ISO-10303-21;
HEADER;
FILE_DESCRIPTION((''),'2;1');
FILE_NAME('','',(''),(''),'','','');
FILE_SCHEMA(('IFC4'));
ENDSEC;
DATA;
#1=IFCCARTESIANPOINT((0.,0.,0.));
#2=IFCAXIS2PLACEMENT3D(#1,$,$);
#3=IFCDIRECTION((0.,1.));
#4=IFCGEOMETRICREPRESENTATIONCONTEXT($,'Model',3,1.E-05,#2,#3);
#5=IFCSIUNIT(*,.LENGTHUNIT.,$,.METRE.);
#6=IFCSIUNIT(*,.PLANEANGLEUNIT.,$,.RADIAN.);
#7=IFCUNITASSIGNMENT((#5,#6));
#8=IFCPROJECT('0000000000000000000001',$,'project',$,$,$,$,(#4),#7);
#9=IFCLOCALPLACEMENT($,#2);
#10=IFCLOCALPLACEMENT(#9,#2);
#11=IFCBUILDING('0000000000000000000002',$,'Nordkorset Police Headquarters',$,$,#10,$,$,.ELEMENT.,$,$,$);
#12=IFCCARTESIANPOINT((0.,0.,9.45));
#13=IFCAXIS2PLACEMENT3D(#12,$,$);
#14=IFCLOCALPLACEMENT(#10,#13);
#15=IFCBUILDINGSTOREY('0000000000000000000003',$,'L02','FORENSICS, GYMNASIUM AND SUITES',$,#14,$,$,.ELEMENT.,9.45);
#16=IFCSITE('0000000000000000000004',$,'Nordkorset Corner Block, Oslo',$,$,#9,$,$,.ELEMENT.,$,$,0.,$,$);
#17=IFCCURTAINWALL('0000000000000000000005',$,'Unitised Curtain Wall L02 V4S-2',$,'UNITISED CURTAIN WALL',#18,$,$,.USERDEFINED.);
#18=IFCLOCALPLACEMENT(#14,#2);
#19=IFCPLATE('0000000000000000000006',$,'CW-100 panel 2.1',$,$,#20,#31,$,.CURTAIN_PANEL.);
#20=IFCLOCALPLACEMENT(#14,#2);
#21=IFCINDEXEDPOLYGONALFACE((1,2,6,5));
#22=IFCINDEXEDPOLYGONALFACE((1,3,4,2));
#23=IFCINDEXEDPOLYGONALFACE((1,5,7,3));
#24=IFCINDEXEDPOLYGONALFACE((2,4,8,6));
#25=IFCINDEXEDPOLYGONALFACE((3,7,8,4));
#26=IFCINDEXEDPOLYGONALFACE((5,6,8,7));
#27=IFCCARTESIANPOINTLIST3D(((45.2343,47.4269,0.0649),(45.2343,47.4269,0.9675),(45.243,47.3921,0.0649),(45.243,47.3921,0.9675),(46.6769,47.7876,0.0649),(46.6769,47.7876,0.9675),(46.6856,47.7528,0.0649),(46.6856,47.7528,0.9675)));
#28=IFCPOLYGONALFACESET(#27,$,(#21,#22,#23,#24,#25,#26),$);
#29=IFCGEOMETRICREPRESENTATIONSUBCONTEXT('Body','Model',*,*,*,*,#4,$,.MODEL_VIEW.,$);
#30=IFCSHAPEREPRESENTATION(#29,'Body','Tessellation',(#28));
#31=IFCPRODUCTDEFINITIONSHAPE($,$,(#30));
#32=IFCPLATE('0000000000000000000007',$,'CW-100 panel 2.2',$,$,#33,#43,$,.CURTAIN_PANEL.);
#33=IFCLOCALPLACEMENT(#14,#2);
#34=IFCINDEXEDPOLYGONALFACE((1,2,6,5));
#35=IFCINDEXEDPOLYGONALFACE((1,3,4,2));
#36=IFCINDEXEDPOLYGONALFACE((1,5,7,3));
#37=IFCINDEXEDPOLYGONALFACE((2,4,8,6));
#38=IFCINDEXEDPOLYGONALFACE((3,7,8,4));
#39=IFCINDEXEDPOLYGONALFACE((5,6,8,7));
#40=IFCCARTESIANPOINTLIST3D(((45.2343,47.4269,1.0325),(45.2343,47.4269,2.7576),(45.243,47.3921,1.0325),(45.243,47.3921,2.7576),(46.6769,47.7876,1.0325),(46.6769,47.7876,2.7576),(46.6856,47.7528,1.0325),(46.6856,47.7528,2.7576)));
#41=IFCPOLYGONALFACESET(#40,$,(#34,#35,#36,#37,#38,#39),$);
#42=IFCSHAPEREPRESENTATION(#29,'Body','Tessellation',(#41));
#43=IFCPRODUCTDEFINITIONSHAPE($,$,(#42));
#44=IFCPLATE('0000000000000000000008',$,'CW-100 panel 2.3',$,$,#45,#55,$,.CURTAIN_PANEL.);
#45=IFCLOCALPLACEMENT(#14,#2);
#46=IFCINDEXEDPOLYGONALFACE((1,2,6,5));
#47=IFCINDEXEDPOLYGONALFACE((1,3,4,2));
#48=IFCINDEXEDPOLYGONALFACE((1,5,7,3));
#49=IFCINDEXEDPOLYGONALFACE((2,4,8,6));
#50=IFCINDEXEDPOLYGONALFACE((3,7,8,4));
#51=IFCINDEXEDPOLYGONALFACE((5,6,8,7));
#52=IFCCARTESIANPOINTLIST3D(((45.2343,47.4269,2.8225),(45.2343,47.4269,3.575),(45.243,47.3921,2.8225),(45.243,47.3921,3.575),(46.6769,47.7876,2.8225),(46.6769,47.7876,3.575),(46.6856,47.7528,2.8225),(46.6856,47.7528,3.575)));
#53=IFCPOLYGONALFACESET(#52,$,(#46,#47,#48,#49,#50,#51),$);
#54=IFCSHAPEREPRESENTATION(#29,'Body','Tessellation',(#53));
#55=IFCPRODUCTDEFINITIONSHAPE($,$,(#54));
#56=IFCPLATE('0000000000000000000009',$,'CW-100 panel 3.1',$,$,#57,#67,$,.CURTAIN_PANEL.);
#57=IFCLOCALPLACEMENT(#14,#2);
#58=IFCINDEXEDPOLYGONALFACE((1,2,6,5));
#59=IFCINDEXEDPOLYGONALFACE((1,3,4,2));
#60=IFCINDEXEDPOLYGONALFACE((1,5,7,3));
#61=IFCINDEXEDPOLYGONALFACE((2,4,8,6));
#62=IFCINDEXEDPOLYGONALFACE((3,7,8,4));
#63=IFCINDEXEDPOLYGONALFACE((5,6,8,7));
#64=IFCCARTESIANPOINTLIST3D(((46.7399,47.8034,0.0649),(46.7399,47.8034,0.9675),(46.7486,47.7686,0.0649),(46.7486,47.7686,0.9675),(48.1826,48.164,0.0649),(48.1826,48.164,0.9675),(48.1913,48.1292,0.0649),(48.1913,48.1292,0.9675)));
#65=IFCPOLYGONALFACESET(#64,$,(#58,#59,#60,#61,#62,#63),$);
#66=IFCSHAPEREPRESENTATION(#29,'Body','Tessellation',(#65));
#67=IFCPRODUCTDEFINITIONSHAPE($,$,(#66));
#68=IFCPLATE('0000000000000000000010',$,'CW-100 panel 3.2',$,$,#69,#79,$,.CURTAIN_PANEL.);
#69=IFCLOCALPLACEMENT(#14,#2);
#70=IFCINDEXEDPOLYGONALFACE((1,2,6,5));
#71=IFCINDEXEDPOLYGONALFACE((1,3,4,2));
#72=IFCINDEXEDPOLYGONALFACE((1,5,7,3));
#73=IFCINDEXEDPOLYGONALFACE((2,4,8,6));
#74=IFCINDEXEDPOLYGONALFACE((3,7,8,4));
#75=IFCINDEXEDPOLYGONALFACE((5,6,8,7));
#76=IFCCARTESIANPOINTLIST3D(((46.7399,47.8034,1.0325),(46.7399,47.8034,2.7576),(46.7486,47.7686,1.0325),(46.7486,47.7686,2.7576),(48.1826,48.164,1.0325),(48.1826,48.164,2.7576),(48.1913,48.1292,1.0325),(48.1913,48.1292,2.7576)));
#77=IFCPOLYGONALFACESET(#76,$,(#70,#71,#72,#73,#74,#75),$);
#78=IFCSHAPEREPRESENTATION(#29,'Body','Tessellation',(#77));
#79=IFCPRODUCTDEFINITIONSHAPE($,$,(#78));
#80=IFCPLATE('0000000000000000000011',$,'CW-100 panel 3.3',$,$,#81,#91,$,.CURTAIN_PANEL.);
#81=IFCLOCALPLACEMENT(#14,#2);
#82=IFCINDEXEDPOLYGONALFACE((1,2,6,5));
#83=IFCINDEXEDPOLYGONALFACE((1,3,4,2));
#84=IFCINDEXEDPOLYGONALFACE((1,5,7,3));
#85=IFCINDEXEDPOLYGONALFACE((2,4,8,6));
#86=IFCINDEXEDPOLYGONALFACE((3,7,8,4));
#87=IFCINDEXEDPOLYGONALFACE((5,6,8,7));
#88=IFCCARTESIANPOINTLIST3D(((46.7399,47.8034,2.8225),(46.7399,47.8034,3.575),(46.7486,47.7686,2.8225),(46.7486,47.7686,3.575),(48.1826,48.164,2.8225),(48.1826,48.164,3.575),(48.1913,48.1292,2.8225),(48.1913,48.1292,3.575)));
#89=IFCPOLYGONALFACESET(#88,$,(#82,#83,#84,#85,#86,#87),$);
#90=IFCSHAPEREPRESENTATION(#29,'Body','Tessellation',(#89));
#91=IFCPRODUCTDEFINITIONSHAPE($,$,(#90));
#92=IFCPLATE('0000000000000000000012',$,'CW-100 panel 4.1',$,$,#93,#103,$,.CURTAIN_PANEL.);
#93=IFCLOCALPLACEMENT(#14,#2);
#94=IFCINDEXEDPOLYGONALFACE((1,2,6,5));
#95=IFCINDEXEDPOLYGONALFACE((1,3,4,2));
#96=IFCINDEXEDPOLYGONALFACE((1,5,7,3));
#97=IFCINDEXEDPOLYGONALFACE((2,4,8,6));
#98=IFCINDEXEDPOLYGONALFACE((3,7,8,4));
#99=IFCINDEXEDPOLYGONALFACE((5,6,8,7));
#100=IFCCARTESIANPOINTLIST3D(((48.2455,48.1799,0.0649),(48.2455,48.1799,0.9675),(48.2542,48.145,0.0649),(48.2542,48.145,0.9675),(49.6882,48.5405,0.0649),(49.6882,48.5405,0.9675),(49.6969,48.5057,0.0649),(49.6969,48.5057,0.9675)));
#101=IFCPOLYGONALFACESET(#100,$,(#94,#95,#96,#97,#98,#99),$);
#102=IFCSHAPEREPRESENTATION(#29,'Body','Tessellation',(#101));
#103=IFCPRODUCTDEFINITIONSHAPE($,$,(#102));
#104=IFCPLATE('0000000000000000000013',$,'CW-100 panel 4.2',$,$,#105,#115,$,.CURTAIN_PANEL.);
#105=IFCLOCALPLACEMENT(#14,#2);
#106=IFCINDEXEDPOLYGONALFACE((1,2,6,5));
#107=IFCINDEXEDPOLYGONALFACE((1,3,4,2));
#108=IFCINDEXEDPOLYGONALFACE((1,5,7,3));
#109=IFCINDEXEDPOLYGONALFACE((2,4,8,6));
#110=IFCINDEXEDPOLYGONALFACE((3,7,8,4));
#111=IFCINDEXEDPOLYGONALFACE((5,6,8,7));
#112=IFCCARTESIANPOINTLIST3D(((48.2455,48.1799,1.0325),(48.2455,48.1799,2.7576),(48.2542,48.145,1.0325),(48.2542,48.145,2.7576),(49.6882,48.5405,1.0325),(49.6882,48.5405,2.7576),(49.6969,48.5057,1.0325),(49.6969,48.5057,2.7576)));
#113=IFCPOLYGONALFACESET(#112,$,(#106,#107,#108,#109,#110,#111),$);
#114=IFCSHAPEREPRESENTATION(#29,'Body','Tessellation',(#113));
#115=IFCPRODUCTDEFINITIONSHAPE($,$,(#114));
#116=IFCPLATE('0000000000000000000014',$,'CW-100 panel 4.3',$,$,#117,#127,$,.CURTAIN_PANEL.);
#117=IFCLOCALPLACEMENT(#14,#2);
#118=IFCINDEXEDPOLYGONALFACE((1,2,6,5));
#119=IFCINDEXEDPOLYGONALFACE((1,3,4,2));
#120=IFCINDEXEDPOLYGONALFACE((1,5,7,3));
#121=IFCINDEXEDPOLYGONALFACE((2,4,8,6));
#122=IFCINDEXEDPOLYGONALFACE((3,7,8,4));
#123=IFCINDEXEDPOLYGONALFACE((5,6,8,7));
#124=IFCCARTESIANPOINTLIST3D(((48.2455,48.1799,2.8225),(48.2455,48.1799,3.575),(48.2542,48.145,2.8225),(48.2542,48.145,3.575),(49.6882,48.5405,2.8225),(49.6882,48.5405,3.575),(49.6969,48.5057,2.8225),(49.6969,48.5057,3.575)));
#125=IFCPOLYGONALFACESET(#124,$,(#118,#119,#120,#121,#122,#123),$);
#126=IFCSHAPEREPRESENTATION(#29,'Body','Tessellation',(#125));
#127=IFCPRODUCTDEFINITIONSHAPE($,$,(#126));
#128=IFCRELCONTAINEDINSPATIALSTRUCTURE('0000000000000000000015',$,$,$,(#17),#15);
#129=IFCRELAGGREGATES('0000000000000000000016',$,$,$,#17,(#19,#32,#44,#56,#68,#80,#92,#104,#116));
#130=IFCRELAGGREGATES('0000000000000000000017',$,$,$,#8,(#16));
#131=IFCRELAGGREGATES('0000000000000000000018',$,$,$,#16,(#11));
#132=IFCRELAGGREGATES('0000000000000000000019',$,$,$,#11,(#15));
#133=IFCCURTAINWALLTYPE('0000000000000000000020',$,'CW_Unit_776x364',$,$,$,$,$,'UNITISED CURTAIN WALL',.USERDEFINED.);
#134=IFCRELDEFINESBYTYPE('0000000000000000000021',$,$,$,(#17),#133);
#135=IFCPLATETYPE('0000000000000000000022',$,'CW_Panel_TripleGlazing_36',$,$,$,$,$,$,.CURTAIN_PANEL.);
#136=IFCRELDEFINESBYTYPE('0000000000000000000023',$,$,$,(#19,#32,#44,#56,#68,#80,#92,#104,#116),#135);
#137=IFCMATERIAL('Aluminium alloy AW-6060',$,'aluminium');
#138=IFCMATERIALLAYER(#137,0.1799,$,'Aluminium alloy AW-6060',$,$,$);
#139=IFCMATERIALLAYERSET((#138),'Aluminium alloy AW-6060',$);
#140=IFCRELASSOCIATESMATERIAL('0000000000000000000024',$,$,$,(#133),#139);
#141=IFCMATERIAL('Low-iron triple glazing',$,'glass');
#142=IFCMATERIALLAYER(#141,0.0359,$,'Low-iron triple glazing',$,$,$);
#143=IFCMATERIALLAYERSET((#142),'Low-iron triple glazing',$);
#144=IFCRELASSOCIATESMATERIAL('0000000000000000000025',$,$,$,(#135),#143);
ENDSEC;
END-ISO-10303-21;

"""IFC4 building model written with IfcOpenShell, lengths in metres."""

from ifc_helpers import new_model, si_unit, direction, frame, origin, origin_2d, place, context, subcontext, project, spatial, rectangle, extrude, material, layer, layer_set, type_object, element, aggregate, save


model = new_model("IFC4")

# Units and contexts
model_context = context("Model", 3, precision=1e-05, world=origin(), true_north=direction((0.0, 1.0)))
body_context = subcontext(model_context, "Body", "Model", "MODEL_VIEW")
ifc_project = project(units=[si_unit("LENGTHUNIT", "METRE"), si_unit("PLANEANGLEUNIT", "RADIAN")], contexts=[model_context])

# Site, building, storey
site_placement = place(None, origin())
site = spatial("IfcSite", under=ifc_project, at=site_placement, Name="Nordkorset Corner Block, Oslo", CompositionType="ELEMENT", RefElevation=0.0)
building_placement = place(site_placement, origin())
building = spatial("IfcBuilding", under=site, at=building_placement, Name="Nordkorset Police Headquarters", CompositionType="ELEMENT")
storey_placement = place(building_placement, frame((0.0, 0.0, 9.45)))
storey = spatial("IfcBuildingStorey", under=building, at=storey_placement, Name="L02", Description="FORENSICS, GYMNASIUM AND SUITES", CompositionType="ELEMENT", Elevation=9.45)

# Curtain wall, plates
ifc_material_1 = material(Name="Aluminium alloy AW-6060", Category="aluminium")
ifc_layer_1 = layer(ifc_material_1, 0.1799, Name="Aluminium alloy AW-6060")
ifc_layer_set_1 = layer_set([ifc_layer_1], Name="Aluminium alloy AW-6060")
curtain_wall_type = type_object("IfcCurtainWallType", Name="CW_Unit_776x364", ElementType="UNITISED CURTAIN WALL", PredefinedType="USERDEFINED", material=ifc_layer_set_1)
curtain_wall_placement = place(storey_placement, origin())
curtain_wall = element("IfcCurtainWall", 1, at=curtain_wall_placement, inside=storey, type_object=curtain_wall_type, Name="Unitised Curtain Wall L02 V4S-2", ObjectType="UNITISED CURTAIN WALL", PredefinedType="USERDEFINED")
ifc_material_2 = material(Name="Low-iron triple glazing", Category="glass")
ifc_layer_2 = layer(ifc_material_2, 0.0359, Name="Low-iron triple glazing")
ifc_layer_set_2 = layer_set([ifc_layer_2], Name="Low-iron triple glazing")
plate_type = type_object("IfcPlateType", Name="CW_Panel_TripleGlazing_36", PredefinedType="CURTAIN_PANEL", material=ifc_layer_set_2)
plate_1_placement = place(storey_placement, frame((45.96, 47.5898, 0.0649), z_axis=(0.0, 0.0, 1.0), x_axis=(0.970143, 0.242535, 0.0)))
plate_1 = element("IfcPlate", 2, at=plate_1_placement, type_object=plate_type, Name="CW-100 panel 2.1", PredefinedType="CURTAIN_PANEL", context=body_context, shape_type="SweptSolid", body=[
    extrude(rectangle(XDim=1.4871, YDim=0.0359, at=origin_2d()), origin(), (0.0, 0.0, 1.0), 0.9026),
])
plate_2_placement = place(storey_placement, frame((45.96, 47.5898, 1.0325), z_axis=(0.0, 0.0, 1.0), x_axis=(0.970143, 0.242535, 0.0)))
plate_2 = element("IfcPlate", 3, at=plate_2_placement, type_object=plate_type, Name="CW-100 panel 2.2", PredefinedType="CURTAIN_PANEL", context=body_context, shape_type="SweptSolid", body=[
    extrude(rectangle(XDim=1.4871, YDim=0.0359, at=origin_2d()), origin(), (0.0, 0.0, 1.0), 1.7251),
])
plate_3_placement = place(storey_placement, frame((45.96, 47.5898, 2.8225), z_axis=(0.0, 0.0, 1.0), x_axis=(0.970143, 0.242535, 0.0)))
plate_3 = element("IfcPlate", 4, at=plate_3_placement, type_object=plate_type, Name="CW-100 panel 2.3", PredefinedType="CURTAIN_PANEL", context=body_context, shape_type="SweptSolid", body=[
    extrude(rectangle(XDim=1.4871, YDim=0.0359, at=origin_2d()), origin(), (0.0, 0.0, 1.0), 0.7524),
])
plate_4_placement = place(storey_placement, frame((47.4656, 47.9663, 0.0649), z_axis=(0.0, 0.0, 1.0), x_axis=(0.970143, 0.242535, 0.0)))
plate_4 = element("IfcPlate", 5, at=plate_4_placement, type_object=plate_type, Name="CW-100 panel 3.1", PredefinedType="CURTAIN_PANEL", context=body_context, shape_type="SweptSolid", body=[
    extrude(rectangle(XDim=1.4871, YDim=0.0359, at=origin_2d()), origin(), (0.0, 0.0, 1.0), 0.9026),
])
plate_5_placement = place(storey_placement, frame((47.4656, 47.9663, 1.0325), z_axis=(0.0, 0.0, 1.0), x_axis=(0.970143, 0.242535, 0.0)))
plate_5 = element("IfcPlate", 6, at=plate_5_placement, type_object=plate_type, Name="CW-100 panel 3.2", PredefinedType="CURTAIN_PANEL", context=body_context, shape_type="SweptSolid", body=[
    extrude(rectangle(XDim=1.4871, YDim=0.0359, at=origin_2d()), origin(), (0.0, 0.0, 1.0), 1.7251),
])
plate_6_placement = place(storey_placement, frame((47.4656, 47.9663, 2.8225), z_axis=(0.0, 0.0, 1.0), x_axis=(0.970143, 0.242535, 0.0)))
plate_6 = element("IfcPlate", 7, at=plate_6_placement, type_object=plate_type, Name="CW-100 panel 3.3", PredefinedType="CURTAIN_PANEL", context=body_context, shape_type="SweptSolid", body=[
    extrude(rectangle(XDim=1.4871, YDim=0.0359, at=origin_2d()), origin(), (0.0, 0.0, 1.0), 0.7524),
])
plate_7_placement = place(storey_placement, frame((48.9712, 48.3428, 0.0649), z_axis=(0.0, 0.0, 1.0), x_axis=(0.970143, 0.242535, 0.0)))
plate_7 = element("IfcPlate", 8, at=plate_7_placement, type_object=plate_type, Name="CW-100 panel 4.1", PredefinedType="CURTAIN_PANEL", context=body_context, shape_type="SweptSolid", body=[
    extrude(rectangle(XDim=1.4871, YDim=0.0359, at=origin_2d()), origin(), (0.0, 0.0, 1.0), 0.9026),
])
plate_8_placement = place(storey_placement, frame((48.9712, 48.3428, 1.0325), z_axis=(0.0, 0.0, 1.0), x_axis=(0.970143, 0.242535, 0.0)))
plate_8 = element("IfcPlate", 9, at=plate_8_placement, type_object=plate_type, Name="CW-100 panel 4.2", PredefinedType="CURTAIN_PANEL", context=body_context, shape_type="SweptSolid", body=[
    extrude(rectangle(XDim=1.4871, YDim=0.0359, at=origin_2d()), origin(), (0.0, 0.0, 1.0), 1.7251),
])
plate_9_placement = place(storey_placement, frame((48.9712, 48.3428, 2.8225), z_axis=(0.0, 0.0, 1.0), x_axis=(0.970143, 0.242535, 0.0)))
plate_9 = element("IfcPlate", 10, at=plate_9_placement, type_object=plate_type, Name="CW-100 panel 4.3", PredefinedType="CURTAIN_PANEL", context=body_context, shape_type="SweptSolid", body=[
    extrude(rectangle(XDim=1.4871, YDim=0.0359, at=origin_2d()), origin(), (0.0, 0.0, 1.0), 0.7524),
])
aggregate(curtain_wall, [plate_1, plate_2, plate_3, plate_4, plate_5, plate_6, plate_7, plate_8, plate_9])

save(model, "model.ifc")
